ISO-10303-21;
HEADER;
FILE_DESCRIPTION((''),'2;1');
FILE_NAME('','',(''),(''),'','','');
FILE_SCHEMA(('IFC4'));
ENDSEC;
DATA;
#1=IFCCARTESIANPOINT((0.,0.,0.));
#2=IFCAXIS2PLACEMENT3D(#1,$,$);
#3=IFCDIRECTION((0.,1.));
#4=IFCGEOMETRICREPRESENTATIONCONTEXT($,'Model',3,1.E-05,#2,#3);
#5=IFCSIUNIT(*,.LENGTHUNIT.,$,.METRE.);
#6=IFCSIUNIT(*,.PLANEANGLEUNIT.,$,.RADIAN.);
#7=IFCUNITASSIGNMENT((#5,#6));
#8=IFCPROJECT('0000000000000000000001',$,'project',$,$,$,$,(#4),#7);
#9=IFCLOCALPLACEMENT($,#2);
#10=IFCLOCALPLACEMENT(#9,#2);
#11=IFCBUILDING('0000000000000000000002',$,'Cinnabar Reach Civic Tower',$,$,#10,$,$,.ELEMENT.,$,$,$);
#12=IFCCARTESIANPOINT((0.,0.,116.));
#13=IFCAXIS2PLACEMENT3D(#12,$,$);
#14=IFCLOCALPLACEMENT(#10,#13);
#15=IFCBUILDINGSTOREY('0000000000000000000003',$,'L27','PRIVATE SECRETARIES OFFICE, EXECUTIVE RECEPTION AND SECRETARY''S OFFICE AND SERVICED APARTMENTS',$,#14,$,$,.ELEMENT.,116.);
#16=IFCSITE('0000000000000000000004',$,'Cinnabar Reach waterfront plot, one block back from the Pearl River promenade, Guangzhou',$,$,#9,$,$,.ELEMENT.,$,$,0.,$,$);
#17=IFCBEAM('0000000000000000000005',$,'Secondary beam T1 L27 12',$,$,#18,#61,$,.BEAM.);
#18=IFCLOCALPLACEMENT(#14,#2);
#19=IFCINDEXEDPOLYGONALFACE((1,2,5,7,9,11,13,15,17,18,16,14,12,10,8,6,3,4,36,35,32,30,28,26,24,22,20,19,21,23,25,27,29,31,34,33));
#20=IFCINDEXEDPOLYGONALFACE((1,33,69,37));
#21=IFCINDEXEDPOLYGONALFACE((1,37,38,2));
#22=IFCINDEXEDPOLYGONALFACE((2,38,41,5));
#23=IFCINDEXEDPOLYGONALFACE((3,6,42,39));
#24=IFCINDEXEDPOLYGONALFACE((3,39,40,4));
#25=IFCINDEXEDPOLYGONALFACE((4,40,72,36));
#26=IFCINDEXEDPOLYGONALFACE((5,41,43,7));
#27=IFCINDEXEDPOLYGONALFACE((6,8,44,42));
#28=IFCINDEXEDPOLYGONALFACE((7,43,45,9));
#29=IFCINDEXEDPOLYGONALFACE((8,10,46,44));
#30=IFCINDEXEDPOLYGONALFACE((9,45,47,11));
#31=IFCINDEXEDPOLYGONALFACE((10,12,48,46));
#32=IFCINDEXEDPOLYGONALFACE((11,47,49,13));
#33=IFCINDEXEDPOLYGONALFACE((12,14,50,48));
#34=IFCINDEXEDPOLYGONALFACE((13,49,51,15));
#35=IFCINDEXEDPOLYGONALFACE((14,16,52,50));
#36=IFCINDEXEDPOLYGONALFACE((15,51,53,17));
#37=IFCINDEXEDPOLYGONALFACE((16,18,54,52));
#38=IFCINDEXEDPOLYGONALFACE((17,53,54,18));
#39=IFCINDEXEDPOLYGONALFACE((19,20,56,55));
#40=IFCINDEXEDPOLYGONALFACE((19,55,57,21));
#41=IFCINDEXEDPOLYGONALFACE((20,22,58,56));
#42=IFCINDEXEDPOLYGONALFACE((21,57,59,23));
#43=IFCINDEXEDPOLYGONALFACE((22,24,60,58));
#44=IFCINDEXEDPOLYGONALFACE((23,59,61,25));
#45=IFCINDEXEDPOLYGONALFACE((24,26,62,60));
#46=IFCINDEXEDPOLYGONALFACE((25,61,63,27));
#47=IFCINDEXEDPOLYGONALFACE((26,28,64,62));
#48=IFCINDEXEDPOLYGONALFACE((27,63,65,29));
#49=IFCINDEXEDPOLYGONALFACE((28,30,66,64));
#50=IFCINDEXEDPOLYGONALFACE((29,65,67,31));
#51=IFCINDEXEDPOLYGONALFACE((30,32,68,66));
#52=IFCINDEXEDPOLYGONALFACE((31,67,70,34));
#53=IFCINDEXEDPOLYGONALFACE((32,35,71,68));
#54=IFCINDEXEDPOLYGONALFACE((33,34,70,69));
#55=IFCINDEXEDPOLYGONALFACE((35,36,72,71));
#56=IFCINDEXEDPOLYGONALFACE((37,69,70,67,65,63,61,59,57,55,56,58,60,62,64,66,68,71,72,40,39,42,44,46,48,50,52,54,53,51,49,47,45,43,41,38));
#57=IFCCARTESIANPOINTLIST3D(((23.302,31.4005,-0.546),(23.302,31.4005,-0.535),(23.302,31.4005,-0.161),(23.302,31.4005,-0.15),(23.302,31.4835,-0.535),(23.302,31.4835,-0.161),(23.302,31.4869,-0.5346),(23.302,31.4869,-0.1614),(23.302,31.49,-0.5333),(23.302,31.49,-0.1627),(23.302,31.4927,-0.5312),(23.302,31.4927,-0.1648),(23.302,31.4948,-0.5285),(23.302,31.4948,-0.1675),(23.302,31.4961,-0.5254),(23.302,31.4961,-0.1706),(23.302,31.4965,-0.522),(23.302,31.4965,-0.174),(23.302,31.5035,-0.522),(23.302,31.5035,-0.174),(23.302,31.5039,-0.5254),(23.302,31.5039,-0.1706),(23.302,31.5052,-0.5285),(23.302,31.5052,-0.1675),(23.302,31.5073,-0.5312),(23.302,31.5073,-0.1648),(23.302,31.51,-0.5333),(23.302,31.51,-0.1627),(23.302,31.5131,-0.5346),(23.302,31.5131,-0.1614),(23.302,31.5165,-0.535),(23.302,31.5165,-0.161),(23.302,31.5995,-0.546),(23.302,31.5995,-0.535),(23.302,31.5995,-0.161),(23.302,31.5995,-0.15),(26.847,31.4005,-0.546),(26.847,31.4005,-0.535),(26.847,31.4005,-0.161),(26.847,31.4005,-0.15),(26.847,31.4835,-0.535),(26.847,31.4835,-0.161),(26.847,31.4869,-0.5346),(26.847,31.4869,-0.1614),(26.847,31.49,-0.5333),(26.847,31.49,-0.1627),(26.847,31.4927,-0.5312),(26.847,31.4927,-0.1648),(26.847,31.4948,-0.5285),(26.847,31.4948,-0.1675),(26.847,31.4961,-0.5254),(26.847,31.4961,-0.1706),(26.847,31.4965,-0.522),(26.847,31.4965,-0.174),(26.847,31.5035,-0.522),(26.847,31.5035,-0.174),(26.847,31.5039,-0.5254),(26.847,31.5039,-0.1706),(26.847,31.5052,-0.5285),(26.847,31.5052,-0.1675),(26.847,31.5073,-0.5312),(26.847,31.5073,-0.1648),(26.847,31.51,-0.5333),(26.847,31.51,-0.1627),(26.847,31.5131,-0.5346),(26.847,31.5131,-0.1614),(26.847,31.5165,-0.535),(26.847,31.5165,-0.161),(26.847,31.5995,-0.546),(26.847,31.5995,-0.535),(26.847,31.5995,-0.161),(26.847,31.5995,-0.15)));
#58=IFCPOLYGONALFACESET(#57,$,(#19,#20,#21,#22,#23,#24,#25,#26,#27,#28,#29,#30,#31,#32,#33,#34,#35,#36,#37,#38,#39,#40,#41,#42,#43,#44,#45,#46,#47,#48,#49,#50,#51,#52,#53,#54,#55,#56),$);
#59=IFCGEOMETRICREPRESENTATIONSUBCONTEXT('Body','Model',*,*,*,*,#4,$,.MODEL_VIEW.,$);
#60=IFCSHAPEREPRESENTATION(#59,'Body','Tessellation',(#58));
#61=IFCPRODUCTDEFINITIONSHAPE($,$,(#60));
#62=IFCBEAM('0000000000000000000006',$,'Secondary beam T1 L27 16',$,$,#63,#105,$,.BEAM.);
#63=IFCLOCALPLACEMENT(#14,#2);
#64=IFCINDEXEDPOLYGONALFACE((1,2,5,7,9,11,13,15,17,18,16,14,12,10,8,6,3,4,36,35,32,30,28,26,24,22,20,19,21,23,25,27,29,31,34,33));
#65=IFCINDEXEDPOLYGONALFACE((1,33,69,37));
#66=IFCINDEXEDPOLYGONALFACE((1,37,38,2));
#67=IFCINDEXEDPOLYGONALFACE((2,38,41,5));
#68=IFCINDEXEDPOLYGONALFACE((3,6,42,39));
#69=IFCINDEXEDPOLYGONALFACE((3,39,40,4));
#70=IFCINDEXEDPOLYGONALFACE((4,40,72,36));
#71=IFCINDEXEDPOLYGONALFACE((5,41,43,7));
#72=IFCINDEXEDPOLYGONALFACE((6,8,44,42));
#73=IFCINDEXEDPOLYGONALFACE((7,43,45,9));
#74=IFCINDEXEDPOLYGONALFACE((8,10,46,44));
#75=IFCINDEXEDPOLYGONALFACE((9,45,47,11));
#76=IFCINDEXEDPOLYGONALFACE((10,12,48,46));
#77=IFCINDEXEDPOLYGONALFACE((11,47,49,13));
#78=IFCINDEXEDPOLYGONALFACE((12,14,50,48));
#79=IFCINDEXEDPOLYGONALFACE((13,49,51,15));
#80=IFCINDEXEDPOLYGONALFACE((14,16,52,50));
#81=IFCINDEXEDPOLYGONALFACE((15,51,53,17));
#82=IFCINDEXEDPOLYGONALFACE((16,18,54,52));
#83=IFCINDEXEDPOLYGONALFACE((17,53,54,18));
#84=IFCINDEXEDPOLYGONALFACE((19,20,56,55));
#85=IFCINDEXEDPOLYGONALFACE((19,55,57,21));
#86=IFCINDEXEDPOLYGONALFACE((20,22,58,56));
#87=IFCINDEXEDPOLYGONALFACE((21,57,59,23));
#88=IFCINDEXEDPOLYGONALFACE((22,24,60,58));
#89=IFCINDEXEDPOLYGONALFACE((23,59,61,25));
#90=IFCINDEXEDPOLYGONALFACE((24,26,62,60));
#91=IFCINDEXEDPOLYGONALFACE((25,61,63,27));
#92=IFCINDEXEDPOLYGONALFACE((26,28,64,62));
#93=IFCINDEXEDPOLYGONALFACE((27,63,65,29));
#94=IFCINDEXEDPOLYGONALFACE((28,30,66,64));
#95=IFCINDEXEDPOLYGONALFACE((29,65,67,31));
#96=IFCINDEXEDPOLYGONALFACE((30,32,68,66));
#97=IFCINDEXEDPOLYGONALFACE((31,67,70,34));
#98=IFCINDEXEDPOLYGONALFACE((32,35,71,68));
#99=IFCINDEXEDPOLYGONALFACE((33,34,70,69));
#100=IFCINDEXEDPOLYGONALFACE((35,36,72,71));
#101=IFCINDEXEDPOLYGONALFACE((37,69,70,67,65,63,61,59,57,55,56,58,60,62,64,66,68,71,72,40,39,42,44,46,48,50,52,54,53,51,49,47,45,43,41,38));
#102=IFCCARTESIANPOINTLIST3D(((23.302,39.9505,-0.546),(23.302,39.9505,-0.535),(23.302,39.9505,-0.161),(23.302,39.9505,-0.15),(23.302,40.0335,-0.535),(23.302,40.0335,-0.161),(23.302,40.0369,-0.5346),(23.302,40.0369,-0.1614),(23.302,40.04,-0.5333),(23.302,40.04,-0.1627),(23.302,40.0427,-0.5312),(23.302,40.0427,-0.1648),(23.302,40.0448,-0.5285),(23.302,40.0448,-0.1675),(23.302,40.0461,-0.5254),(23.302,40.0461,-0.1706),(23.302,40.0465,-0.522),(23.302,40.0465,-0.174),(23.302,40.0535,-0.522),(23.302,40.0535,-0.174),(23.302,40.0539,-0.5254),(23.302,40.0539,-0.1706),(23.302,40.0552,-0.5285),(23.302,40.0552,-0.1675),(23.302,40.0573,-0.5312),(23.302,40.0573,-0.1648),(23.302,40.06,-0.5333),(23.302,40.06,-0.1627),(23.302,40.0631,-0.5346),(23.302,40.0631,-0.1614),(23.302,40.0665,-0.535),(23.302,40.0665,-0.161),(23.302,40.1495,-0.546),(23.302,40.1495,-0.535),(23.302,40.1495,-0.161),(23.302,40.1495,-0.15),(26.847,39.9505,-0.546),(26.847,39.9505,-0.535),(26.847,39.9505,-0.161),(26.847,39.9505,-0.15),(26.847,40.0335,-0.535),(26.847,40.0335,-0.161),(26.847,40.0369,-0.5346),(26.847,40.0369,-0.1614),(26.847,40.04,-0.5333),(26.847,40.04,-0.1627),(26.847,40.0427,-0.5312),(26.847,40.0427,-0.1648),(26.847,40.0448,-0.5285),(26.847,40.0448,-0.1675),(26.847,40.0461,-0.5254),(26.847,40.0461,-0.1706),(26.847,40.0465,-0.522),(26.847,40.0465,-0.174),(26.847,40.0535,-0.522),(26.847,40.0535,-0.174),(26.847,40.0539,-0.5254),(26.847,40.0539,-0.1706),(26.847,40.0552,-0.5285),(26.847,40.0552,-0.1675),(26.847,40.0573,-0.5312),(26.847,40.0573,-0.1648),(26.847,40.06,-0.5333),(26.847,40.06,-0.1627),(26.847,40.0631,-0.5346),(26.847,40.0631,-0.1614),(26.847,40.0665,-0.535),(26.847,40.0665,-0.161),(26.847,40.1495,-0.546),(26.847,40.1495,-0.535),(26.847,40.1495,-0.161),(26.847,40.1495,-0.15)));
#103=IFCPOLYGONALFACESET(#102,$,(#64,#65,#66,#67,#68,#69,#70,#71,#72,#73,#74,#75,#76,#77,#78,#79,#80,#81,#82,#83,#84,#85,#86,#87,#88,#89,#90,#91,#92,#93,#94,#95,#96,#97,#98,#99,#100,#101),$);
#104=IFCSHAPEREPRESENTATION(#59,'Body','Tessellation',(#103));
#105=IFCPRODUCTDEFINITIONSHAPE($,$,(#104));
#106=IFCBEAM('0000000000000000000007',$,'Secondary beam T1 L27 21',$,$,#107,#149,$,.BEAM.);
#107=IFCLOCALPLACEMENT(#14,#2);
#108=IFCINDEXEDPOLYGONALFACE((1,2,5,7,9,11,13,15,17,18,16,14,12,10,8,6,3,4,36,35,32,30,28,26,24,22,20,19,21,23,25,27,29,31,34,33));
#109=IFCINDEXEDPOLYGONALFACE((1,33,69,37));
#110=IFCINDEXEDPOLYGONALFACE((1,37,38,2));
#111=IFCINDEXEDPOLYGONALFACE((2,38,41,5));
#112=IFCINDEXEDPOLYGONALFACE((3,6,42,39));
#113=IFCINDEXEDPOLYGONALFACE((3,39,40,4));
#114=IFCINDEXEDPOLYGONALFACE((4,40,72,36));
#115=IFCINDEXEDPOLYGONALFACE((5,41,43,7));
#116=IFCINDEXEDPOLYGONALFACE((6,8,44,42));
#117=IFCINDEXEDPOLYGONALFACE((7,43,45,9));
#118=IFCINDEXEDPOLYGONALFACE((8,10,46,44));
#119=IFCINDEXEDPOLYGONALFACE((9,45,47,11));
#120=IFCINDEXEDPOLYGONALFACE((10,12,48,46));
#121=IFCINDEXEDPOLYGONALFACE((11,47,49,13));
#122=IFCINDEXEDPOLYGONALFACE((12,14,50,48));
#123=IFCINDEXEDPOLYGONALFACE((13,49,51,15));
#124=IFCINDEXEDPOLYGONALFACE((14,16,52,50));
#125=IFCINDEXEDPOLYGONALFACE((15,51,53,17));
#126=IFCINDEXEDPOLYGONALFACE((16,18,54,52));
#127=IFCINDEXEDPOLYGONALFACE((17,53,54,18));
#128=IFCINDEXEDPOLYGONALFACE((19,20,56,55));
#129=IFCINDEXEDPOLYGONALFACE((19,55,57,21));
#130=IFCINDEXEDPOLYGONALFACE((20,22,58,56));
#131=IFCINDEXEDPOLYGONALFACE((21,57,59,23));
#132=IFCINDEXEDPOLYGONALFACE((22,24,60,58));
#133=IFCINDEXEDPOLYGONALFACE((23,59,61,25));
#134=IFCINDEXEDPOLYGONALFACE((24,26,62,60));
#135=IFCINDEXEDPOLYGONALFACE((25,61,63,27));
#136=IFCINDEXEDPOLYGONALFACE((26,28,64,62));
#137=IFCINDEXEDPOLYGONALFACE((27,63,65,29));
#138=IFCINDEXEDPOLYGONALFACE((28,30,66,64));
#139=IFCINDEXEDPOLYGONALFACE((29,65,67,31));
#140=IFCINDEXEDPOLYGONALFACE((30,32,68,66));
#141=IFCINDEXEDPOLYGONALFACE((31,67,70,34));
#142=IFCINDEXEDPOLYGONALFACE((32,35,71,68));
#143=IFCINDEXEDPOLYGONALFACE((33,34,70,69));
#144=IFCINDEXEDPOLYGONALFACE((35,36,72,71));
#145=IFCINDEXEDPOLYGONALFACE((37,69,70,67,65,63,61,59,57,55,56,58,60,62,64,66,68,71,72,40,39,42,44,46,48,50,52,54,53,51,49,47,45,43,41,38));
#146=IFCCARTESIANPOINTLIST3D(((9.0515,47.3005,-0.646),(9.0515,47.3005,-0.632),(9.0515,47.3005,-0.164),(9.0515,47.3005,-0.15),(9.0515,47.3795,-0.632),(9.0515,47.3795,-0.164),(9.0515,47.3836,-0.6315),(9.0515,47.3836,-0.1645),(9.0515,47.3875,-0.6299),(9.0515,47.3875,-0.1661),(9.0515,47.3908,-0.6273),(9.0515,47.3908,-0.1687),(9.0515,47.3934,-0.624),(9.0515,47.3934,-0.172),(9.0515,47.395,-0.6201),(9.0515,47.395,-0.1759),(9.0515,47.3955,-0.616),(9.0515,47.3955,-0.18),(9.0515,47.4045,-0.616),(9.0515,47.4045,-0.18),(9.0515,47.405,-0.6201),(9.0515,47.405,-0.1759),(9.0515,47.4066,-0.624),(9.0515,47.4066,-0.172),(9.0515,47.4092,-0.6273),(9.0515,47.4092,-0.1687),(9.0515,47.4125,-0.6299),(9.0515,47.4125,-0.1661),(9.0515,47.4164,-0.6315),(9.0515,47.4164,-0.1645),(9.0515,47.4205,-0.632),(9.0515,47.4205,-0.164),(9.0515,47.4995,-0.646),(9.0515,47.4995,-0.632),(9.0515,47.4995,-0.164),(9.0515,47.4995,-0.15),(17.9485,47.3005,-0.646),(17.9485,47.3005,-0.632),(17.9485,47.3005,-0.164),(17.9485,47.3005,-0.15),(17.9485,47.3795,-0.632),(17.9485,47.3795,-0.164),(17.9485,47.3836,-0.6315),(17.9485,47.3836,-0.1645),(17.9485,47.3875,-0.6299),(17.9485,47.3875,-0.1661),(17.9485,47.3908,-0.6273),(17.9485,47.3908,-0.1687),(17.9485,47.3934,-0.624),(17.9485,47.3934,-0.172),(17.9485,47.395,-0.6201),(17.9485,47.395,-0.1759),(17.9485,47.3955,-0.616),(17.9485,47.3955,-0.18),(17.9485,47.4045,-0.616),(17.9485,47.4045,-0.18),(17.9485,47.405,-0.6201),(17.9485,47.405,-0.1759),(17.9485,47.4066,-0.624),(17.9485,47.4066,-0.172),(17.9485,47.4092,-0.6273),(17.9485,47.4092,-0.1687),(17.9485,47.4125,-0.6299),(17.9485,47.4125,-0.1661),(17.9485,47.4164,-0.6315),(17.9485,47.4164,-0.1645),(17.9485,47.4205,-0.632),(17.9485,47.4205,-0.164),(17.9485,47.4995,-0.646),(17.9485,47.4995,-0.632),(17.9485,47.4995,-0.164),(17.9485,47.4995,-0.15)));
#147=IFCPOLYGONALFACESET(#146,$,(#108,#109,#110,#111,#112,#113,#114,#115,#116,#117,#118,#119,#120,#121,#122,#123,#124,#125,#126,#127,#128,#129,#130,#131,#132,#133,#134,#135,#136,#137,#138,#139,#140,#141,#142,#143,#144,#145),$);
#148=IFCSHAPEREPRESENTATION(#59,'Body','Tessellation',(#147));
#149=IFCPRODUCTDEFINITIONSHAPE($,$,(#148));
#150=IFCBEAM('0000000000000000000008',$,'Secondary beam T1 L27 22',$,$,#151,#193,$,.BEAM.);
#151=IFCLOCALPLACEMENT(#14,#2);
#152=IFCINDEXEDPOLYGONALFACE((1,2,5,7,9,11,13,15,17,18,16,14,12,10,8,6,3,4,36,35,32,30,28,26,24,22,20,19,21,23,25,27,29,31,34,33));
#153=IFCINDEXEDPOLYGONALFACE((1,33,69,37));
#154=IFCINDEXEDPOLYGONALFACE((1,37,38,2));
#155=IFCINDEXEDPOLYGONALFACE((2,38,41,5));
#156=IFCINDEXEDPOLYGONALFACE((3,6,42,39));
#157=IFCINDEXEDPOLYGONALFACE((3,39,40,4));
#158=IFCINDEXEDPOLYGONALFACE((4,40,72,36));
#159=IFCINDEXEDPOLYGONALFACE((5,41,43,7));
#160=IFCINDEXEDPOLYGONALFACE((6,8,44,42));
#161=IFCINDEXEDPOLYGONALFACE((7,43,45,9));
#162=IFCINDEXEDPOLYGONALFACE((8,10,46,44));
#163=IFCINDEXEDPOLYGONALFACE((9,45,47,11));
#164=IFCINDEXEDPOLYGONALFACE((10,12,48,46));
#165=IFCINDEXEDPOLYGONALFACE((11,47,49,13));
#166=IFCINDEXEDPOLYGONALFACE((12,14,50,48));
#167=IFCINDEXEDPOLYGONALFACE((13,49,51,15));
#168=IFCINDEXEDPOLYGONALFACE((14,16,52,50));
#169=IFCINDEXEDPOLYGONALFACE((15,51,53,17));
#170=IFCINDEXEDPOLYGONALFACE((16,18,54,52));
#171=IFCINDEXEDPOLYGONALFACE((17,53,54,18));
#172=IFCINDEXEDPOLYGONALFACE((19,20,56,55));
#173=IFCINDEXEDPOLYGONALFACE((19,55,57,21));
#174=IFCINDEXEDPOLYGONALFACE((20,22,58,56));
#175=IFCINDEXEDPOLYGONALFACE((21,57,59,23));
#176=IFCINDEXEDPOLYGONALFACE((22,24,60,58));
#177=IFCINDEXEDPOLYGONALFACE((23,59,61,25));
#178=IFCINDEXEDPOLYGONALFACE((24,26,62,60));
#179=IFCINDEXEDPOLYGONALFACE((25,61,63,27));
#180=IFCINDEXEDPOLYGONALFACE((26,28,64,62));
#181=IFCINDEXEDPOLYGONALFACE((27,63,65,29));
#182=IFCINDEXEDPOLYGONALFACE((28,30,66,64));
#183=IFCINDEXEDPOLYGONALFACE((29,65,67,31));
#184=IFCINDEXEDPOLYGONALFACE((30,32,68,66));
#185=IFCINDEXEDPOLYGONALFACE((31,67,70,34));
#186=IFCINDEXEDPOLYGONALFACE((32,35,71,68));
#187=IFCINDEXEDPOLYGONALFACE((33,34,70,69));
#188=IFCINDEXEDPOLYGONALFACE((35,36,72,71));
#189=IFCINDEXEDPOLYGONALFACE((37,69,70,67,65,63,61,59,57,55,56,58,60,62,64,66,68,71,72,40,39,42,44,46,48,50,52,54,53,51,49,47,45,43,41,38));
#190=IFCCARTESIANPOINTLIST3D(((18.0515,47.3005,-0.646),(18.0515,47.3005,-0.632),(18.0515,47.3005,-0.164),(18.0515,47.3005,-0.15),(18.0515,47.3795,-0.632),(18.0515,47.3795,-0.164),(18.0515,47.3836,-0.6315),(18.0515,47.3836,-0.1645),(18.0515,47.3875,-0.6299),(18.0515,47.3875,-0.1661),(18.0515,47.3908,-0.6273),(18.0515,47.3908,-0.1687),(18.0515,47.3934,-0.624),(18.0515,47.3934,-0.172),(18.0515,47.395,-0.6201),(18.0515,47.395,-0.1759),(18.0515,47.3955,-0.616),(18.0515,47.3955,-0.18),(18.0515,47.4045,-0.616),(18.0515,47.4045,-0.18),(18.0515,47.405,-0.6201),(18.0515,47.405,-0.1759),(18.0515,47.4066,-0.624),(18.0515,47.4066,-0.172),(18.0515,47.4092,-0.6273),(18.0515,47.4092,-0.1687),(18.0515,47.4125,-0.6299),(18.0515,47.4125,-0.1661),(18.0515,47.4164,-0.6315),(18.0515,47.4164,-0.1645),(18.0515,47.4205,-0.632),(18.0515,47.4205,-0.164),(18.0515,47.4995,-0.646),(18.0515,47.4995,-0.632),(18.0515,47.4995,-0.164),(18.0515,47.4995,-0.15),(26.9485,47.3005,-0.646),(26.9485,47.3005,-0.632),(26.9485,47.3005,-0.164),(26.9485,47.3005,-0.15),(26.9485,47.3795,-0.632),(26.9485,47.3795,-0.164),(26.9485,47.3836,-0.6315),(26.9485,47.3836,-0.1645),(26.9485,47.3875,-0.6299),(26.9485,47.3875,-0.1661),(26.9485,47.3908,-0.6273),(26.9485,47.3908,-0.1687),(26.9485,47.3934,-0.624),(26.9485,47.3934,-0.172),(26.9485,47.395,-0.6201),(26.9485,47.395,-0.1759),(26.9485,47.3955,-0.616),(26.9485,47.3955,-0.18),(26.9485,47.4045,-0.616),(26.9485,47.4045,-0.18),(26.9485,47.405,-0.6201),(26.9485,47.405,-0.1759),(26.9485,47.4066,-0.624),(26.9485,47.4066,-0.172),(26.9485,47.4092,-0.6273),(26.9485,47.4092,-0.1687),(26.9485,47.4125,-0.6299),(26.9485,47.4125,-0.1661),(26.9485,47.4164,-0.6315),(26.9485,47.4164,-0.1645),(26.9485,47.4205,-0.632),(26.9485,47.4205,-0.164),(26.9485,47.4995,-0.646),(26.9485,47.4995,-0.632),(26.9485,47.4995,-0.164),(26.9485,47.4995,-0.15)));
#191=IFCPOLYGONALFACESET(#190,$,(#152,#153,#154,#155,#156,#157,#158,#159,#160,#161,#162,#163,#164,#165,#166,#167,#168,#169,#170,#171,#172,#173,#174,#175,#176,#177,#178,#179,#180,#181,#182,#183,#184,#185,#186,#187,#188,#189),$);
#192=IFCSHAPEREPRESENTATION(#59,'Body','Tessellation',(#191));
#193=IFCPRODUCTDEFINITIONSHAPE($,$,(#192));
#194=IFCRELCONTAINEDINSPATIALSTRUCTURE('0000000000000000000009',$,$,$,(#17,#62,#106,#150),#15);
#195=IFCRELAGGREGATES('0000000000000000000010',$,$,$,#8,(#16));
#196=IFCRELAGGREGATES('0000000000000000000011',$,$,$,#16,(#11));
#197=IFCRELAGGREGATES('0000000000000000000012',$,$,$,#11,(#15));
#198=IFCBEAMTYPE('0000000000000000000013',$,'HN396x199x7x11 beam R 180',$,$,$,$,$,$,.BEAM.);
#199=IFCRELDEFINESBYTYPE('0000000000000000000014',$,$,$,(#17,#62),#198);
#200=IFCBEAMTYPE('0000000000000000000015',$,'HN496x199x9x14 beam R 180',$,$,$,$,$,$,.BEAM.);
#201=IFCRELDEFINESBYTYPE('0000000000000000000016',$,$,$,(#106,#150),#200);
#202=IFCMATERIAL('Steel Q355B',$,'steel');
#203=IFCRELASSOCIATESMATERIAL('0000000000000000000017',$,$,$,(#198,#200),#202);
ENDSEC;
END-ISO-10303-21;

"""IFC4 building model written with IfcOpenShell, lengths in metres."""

from ifc_helpers import new_model, si_unit, direction, frame, origin, origin_2d, place, context, subcontext, project, spatial, i_section, extrude, material, material_profile, profile_set, type_object, element, save


model = new_model("IFC4")

# Units and contexts
model_context = context("Model", 3, precision=1e-05, world=origin(), true_north=direction((0.0, 1.0)))
body_context = subcontext(model_context, "Body", "Model", "MODEL_VIEW")
ifc_project = project(units=[si_unit("LENGTHUNIT", "METRE"), si_unit("PLANEANGLEUNIT", "RADIAN")], contexts=[model_context])

# Site, building, storey
site_placement = place(None, origin())
site = spatial("IfcSite", under=ifc_project, at=site_placement, Name="Cinnabar Reach waterfront plot, one block back from the Pearl River promenade, Guangzhou", CompositionType="ELEMENT", RefElevation=0.0)
building_placement = place(site_placement, origin())
building = spatial("IfcBuilding", under=site, at=building_placement, Name="Cinnabar Reach Civic Tower", CompositionType="ELEMENT")
storey_placement = place(building_placement, frame((0.0, 0.0, 116.0)))
storey = spatial("IfcBuildingStorey", under=building, at=storey_placement, Name="L27", Description="PRIVATE SECRETARIES OFFICE, EXECUTIVE RECEPTION AND SECRETARY'S OFFICE AND SERVICED APARTMENTS", CompositionType="ELEMENT", Elevation=116.0)

# Beams
ifc_material_1 = material(Name="Steel Q355B", Category="steel")
ifc_material_profile_1 = material_profile(ifc_material_1, i_section(OverallWidth=0.199, OverallDepth=0.396, WebThickness=0.007, FlangeThickness=0.011, FilletRadius=0.013, at=origin_2d()), Name="HN396x199x7x11")
ifc_profile_set_1 = profile_set([ifc_material_profile_1], Name="Steel Q355B")
beam_type_1 = type_object("IfcBeamType", Name="HN396x199x7x11 beam R 180", PredefinedType="BEAM", material=ifc_profile_set_1)
for number, where, z_axis, x_axis, name in (
    (1, (23.302, 31.5, -0.348), (1.0, 0.0, 0.0), (0.0, 1.0, 0.0), "Secondary beam T1 L27 12"),
    (2, (23.302, 40.05, -0.348), (1.0, 0.0, 0.0), (0.0, 1.0, 0.0), "Secondary beam T1 L27 16"),
):
    element("IfcBeam", number, at=place(storey_placement, frame(where, z_axis=z_axis, x_axis=x_axis)), inside=storey, type_object=beam_type_1, Name=name, PredefinedType="BEAM", context=body_context, shape_type="SweptSolid", body=[
        extrude(i_section(OverallWidth=0.199, OverallDepth=0.396, WebThickness=0.007, FlangeThickness=0.011, FilletRadius=0.013, at=origin_2d()), origin(), (0.0, 0.0, 1.0), 3.545),
    ])
ifc_material_profile_2 = material_profile(ifc_material_1, i_section(OverallWidth=0.199, OverallDepth=0.496, WebThickness=0.009, FlangeThickness=0.014, FilletRadius=0.016, at=origin_2d()), Name="HN496x199x9x14")
ifc_profile_set_2 = profile_set([ifc_material_profile_2], Name="Steel Q355B")
beam_type_2 = type_object("IfcBeamType", Name="HN496x199x9x14 beam R 180", PredefinedType="BEAM", material=ifc_profile_set_2)
for number, where, z_axis, x_axis, name in (
    (3, (9.0515, 47.4, -0.398), (1.0, 0.0, 0.0), (0.0, 1.0, 0.0), "Secondary beam T1 L27 21"),
    (4, (18.0515, 47.4, -0.398), (1.0, 0.0, 0.0), (0.0, 1.0, 0.0), "Secondary beam T1 L27 22"),
):
    element("IfcBeam", number, at=place(storey_placement, frame(where, z_axis=z_axis, x_axis=x_axis)), inside=storey, type_object=beam_type_2, Name=name, PredefinedType="BEAM", context=body_context, shape_type="SweptSolid", body=[
        extrude(i_section(OverallWidth=0.199, OverallDepth=0.496, WebThickness=0.009, FlangeThickness=0.014, FilletRadius=0.016, at=origin_2d()), origin(), (0.0, 0.0, 1.0), 8.897),
    ])

save(model, "model.ifc")
